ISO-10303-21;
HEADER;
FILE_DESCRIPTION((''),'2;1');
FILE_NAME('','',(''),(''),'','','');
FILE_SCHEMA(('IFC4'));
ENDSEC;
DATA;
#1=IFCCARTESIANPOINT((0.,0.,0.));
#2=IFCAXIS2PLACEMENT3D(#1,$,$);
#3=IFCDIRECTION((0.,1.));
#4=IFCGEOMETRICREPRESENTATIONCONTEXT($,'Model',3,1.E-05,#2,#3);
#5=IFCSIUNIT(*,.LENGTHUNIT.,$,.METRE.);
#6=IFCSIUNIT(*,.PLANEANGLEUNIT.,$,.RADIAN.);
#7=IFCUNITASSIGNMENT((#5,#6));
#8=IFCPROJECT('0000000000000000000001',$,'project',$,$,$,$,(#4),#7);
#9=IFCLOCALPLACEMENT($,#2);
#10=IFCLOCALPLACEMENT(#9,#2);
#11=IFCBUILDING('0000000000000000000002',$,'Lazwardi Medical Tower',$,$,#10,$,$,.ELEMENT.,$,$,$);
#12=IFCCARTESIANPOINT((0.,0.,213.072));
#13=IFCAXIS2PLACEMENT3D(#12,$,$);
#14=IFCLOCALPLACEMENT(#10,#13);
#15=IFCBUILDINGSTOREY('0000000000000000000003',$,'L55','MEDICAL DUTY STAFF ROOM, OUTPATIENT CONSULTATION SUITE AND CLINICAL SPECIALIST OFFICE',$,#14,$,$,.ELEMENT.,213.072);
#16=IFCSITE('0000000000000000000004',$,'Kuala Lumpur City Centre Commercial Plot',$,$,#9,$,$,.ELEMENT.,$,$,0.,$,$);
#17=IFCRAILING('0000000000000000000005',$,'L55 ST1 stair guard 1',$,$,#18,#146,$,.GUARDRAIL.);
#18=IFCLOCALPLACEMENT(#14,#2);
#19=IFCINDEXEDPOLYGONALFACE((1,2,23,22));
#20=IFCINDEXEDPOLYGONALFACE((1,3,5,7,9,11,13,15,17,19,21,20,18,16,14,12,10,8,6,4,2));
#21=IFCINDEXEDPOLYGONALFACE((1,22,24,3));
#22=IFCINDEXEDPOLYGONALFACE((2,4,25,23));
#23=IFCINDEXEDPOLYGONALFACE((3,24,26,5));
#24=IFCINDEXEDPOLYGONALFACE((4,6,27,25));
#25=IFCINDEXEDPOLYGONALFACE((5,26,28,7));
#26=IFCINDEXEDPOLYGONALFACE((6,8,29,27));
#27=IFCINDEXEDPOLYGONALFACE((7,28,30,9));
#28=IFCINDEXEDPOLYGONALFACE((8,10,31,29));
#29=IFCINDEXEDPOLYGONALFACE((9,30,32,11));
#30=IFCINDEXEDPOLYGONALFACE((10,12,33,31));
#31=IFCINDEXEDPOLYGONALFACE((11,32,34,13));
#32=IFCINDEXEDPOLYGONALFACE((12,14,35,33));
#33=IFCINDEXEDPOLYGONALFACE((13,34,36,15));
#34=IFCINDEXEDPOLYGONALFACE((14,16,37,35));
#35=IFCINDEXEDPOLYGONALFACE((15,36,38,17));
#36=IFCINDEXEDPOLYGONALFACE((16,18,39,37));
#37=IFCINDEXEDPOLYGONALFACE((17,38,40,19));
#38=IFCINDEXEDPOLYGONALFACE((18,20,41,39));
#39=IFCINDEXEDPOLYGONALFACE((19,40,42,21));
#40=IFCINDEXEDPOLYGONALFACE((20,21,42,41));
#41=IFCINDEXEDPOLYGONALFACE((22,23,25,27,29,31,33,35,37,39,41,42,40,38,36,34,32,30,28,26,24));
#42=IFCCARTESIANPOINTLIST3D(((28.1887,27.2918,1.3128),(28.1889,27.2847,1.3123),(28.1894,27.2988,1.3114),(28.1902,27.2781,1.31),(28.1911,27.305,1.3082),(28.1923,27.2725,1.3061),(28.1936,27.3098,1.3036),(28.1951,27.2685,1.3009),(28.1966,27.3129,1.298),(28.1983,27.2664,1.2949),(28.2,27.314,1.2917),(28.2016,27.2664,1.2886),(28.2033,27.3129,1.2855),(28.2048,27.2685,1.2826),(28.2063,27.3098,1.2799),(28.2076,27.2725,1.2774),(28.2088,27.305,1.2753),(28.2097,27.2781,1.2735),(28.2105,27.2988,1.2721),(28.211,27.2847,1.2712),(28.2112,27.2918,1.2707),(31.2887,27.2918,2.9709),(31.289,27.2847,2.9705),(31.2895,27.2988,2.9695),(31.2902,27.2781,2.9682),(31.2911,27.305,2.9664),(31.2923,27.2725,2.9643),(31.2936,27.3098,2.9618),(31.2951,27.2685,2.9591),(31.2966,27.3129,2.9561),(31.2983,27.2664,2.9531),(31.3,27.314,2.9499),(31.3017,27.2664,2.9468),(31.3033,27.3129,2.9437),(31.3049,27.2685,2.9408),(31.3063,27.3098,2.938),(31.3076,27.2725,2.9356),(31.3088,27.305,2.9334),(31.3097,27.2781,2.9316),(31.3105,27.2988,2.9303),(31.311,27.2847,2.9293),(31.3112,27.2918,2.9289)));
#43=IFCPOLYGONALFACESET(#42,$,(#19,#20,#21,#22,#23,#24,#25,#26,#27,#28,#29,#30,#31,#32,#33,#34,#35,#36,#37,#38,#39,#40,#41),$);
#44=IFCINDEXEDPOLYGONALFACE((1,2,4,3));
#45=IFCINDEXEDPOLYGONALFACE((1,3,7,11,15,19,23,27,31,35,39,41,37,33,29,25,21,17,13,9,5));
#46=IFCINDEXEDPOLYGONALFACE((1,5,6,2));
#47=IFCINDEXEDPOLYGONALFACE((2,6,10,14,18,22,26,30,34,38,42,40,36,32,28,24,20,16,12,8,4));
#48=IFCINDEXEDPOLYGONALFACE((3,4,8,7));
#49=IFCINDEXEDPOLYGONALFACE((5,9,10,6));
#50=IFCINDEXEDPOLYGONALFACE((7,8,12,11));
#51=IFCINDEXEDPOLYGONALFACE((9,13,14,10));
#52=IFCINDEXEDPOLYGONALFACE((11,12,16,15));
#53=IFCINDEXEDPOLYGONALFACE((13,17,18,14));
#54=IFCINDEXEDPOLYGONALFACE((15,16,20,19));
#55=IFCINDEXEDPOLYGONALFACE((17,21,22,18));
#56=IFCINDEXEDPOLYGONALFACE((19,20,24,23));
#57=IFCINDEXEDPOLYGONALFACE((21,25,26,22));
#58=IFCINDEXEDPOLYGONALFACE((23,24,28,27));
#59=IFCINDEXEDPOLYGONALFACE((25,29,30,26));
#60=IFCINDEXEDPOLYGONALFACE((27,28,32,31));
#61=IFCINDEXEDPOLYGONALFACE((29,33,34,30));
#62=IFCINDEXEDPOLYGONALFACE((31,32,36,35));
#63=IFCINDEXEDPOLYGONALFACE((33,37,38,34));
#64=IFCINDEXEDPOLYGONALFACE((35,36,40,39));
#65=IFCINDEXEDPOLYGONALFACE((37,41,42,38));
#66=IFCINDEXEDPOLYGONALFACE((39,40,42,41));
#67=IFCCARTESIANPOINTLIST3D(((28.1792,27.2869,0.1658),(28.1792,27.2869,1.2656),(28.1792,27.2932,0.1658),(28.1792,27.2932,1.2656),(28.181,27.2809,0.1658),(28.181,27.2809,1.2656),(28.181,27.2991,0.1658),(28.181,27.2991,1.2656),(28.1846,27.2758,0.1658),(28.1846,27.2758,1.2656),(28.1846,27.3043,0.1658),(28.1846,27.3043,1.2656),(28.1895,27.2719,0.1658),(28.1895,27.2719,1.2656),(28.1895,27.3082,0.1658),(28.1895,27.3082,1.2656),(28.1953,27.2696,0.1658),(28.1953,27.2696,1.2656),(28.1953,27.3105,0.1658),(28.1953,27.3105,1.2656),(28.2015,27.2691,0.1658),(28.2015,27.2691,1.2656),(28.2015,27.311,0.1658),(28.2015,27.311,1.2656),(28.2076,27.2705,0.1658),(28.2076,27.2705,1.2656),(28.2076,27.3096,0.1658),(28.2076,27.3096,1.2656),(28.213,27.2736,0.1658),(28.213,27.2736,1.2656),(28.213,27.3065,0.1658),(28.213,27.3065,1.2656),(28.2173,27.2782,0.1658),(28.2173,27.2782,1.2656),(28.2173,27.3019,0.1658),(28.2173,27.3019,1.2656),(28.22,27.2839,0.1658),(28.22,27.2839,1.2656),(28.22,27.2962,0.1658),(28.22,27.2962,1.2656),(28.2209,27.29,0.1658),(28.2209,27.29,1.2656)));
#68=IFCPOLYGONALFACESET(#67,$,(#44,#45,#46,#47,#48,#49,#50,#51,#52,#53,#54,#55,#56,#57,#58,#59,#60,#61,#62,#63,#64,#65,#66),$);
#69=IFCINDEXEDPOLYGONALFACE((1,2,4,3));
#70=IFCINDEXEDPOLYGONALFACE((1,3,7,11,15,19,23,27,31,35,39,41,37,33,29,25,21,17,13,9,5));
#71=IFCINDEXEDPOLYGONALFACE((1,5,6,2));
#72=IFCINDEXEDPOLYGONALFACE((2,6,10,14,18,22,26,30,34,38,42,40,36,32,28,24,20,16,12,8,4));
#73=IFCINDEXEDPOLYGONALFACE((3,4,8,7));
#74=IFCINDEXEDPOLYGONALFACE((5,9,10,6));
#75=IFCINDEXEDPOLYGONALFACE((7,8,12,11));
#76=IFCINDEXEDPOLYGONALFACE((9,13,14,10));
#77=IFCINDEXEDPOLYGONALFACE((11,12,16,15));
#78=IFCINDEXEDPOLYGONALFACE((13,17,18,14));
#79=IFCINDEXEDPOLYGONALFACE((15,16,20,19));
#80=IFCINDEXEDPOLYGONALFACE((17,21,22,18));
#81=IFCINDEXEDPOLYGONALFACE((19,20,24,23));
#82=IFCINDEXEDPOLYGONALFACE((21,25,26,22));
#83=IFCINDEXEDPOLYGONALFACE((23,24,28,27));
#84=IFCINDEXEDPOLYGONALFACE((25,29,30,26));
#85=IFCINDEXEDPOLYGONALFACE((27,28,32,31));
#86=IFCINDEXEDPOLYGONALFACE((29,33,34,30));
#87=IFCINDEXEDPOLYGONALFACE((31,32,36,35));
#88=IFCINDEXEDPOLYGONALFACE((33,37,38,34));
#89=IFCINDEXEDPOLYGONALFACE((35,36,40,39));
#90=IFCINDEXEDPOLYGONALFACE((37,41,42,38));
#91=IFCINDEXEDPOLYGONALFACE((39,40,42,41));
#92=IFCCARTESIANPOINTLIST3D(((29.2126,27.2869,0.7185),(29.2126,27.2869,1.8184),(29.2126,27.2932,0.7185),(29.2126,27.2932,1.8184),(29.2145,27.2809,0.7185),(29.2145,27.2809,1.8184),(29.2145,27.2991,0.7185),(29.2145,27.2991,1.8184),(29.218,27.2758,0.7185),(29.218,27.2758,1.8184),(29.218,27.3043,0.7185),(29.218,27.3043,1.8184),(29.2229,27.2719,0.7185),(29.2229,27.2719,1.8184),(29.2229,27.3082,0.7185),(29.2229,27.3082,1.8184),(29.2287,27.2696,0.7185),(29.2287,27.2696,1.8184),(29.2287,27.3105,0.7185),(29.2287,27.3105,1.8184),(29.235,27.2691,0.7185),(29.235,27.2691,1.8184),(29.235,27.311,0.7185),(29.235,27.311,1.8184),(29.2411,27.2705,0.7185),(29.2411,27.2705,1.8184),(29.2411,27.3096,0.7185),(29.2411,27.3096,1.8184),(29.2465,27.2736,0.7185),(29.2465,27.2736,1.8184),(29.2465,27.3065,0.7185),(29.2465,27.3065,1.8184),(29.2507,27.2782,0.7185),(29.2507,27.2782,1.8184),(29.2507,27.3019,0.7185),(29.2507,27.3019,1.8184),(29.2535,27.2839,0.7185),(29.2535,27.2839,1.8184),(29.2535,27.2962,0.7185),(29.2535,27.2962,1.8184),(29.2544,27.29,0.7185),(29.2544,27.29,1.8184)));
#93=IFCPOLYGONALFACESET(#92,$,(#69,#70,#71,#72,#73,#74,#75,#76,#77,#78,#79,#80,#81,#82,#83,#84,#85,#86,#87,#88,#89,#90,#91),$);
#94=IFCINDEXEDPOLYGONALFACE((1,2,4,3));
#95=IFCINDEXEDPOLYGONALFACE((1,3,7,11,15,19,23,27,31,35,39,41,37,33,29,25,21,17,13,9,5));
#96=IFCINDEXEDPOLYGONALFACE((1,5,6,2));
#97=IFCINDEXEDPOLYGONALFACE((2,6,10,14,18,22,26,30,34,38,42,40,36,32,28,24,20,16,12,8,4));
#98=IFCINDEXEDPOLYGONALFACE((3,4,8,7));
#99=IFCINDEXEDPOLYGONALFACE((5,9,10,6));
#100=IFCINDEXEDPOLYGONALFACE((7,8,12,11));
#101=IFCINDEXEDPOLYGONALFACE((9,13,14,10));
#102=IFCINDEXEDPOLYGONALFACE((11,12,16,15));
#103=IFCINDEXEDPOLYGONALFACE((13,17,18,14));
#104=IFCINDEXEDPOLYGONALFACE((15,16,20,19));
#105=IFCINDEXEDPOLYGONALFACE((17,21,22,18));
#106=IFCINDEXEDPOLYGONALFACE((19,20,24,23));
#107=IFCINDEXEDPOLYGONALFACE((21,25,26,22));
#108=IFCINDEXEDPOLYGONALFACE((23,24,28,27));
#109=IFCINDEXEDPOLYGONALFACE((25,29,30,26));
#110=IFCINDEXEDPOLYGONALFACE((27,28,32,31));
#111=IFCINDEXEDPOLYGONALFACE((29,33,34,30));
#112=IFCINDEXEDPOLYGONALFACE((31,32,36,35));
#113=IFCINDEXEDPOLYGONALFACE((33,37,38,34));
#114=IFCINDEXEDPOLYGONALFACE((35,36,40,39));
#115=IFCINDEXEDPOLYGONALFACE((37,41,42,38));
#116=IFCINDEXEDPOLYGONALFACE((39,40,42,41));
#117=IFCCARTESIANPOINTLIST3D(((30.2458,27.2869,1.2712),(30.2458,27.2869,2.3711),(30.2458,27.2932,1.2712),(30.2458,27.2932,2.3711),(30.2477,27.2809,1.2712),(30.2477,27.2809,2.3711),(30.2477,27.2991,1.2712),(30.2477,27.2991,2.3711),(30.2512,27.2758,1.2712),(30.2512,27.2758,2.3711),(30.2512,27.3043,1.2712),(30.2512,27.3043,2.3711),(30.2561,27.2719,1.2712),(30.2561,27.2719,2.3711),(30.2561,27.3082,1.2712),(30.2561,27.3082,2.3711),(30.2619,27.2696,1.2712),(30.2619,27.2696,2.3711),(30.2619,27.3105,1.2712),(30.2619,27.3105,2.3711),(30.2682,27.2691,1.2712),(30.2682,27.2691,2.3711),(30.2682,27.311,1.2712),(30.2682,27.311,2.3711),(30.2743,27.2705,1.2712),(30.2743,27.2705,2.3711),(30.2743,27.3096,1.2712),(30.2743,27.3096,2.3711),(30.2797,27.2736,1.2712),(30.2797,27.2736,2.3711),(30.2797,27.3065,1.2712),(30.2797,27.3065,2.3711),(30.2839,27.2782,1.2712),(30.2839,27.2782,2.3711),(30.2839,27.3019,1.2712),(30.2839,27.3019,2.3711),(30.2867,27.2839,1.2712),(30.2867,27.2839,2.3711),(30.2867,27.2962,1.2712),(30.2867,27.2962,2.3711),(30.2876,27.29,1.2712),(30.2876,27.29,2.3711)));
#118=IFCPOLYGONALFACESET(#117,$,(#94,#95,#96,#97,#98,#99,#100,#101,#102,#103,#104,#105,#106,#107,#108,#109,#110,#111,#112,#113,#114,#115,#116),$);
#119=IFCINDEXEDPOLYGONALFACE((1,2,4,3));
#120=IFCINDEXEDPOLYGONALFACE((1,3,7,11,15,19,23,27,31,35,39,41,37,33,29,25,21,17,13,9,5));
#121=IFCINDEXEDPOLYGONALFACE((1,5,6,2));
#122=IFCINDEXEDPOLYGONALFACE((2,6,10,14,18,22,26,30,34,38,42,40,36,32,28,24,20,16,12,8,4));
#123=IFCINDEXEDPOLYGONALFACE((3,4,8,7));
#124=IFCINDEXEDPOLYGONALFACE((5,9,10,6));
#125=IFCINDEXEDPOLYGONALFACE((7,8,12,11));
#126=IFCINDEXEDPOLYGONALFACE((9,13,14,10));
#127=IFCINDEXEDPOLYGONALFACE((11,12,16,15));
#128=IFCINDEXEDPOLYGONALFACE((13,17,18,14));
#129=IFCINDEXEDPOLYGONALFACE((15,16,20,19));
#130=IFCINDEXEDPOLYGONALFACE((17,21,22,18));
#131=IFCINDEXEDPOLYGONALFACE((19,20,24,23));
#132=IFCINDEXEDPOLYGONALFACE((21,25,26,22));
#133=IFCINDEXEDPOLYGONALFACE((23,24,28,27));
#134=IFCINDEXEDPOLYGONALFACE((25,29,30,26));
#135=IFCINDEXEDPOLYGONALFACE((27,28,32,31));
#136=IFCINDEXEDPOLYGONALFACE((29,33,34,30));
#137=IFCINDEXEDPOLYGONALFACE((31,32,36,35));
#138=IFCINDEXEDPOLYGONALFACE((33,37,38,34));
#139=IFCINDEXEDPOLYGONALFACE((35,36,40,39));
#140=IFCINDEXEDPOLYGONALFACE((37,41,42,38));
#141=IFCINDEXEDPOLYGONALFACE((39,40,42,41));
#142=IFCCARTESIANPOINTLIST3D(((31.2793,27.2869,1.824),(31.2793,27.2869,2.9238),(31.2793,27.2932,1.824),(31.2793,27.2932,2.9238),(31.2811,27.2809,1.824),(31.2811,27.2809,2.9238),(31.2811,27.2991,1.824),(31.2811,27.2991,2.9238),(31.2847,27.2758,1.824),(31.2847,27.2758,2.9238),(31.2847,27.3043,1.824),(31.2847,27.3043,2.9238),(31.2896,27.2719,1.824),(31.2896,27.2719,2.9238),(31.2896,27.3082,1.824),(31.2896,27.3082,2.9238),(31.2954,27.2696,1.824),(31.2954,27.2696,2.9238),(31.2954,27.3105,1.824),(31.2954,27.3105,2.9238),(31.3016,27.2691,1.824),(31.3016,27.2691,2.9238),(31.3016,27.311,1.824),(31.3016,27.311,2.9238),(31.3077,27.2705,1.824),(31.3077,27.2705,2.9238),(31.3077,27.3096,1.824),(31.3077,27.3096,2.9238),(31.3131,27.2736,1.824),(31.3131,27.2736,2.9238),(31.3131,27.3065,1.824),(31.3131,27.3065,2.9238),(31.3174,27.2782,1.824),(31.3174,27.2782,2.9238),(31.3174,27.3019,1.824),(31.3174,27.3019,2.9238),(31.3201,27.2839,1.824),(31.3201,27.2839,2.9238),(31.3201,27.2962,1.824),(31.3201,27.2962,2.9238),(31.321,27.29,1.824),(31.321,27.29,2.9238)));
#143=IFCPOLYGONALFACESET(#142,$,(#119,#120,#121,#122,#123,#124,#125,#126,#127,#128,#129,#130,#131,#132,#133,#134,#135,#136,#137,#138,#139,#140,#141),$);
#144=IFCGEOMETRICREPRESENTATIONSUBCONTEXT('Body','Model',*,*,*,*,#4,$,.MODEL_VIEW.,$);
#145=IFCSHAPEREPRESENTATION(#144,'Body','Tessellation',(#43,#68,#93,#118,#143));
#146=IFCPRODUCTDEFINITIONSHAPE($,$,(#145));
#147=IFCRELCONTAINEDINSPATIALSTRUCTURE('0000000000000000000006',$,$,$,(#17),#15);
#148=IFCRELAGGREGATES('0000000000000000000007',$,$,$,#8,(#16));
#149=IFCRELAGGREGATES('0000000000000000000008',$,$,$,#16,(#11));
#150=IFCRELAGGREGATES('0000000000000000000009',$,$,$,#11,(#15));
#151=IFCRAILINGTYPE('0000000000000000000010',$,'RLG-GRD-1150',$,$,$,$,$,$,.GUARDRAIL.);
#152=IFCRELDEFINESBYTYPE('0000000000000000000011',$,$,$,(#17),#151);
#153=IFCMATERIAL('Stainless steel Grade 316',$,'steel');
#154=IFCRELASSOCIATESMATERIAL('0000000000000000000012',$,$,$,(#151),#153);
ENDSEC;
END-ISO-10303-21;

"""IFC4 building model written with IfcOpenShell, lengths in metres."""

from ifc_helpers import new_model, si_unit, direction, frame, origin, origin_2d, place, context, subcontext, project, spatial, circle, extrude, material, type_object, element, save


model = new_model("IFC4")

# Units and contexts
model_context = context("Model", 3, precision=1e-05, world=origin(), true_north=direction((0.0, 1.0)))
body_context = subcontext(model_context, "Body", "Model", "MODEL_VIEW")
ifc_project = project(units=[si_unit("LENGTHUNIT", "METRE"), si_unit("PLANEANGLEUNIT", "RADIAN")], contexts=[model_context])

# Site, building, storey
site_placement = place(None, origin())
site = spatial("IfcSite", under=ifc_project, at=site_placement, Name="Kuala Lumpur City Centre Commercial Plot", CompositionType="ELEMENT", RefElevation=0.0)
building_placement = place(site_placement, origin())
building = spatial("IfcBuilding", under=site, at=building_placement, Name="Lazwardi Medical Tower", CompositionType="ELEMENT")
storey_placement = place(building_placement, frame((0.0, 0.0, 213.072)))
storey = spatial("IfcBuildingStorey", under=building, at=storey_placement, Name="L55", Description="MEDICAL DUTY STAFF ROOM, OUTPATIENT CONSULTATION SUITE AND CLINICAL SPECIALIST OFFICE", CompositionType="ELEMENT", Elevation=213.072)

# Railing
ifc_material_1 = material(Name="Stainless steel Grade 316", Category="steel")
railing_type_1 = type_object("IfcRailingType", Name="RLG-GRD-1150", PredefinedType="GUARDRAIL", material=ifc_material_1)
railing_1_placement = place(storey_placement, frame((28.2, 27.29, 0.1658)))
element("IfcRailing", 1, at=railing_1_placement, inside=storey, type_object=railing_type_1, Name="L55 ST1 stair guard 1", PredefinedType="GUARDRAIL", context=body_context, shape_type="SweptSolid", body=[
    extrude(circle(Radius=0.0239, at=origin_2d()), frame((0.0, 0.0, 1.126), z_axis=(0.881783, 0.0, 0.471655), x_axis=(0.0, 1.0, 0.0)), (0.0, 0.0, 1.0), 3.5156),
    extrude(circle(Radius=0.021, at=origin_2d()), origin(), (0.0, 0.0, 1.0), 1.0999),
    extrude(circle(Radius=0.021, at=origin_2d()), frame((1.0334, 0.0, 0.5527)), (0.0, 0.0, 1.0), 1.0999),
    extrude(circle(Radius=0.021, at=origin_2d()), frame((2.0667, 0.0, 1.1055)), (0.0, 0.0, 1.0), 1.0999),
    extrude(circle(Radius=0.021, at=origin_2d()), frame((3.1001, 0.0, 1.6582)), (0.0, 0.0, 1.0), 1.0999),
])

save(model, "model.ifc")
